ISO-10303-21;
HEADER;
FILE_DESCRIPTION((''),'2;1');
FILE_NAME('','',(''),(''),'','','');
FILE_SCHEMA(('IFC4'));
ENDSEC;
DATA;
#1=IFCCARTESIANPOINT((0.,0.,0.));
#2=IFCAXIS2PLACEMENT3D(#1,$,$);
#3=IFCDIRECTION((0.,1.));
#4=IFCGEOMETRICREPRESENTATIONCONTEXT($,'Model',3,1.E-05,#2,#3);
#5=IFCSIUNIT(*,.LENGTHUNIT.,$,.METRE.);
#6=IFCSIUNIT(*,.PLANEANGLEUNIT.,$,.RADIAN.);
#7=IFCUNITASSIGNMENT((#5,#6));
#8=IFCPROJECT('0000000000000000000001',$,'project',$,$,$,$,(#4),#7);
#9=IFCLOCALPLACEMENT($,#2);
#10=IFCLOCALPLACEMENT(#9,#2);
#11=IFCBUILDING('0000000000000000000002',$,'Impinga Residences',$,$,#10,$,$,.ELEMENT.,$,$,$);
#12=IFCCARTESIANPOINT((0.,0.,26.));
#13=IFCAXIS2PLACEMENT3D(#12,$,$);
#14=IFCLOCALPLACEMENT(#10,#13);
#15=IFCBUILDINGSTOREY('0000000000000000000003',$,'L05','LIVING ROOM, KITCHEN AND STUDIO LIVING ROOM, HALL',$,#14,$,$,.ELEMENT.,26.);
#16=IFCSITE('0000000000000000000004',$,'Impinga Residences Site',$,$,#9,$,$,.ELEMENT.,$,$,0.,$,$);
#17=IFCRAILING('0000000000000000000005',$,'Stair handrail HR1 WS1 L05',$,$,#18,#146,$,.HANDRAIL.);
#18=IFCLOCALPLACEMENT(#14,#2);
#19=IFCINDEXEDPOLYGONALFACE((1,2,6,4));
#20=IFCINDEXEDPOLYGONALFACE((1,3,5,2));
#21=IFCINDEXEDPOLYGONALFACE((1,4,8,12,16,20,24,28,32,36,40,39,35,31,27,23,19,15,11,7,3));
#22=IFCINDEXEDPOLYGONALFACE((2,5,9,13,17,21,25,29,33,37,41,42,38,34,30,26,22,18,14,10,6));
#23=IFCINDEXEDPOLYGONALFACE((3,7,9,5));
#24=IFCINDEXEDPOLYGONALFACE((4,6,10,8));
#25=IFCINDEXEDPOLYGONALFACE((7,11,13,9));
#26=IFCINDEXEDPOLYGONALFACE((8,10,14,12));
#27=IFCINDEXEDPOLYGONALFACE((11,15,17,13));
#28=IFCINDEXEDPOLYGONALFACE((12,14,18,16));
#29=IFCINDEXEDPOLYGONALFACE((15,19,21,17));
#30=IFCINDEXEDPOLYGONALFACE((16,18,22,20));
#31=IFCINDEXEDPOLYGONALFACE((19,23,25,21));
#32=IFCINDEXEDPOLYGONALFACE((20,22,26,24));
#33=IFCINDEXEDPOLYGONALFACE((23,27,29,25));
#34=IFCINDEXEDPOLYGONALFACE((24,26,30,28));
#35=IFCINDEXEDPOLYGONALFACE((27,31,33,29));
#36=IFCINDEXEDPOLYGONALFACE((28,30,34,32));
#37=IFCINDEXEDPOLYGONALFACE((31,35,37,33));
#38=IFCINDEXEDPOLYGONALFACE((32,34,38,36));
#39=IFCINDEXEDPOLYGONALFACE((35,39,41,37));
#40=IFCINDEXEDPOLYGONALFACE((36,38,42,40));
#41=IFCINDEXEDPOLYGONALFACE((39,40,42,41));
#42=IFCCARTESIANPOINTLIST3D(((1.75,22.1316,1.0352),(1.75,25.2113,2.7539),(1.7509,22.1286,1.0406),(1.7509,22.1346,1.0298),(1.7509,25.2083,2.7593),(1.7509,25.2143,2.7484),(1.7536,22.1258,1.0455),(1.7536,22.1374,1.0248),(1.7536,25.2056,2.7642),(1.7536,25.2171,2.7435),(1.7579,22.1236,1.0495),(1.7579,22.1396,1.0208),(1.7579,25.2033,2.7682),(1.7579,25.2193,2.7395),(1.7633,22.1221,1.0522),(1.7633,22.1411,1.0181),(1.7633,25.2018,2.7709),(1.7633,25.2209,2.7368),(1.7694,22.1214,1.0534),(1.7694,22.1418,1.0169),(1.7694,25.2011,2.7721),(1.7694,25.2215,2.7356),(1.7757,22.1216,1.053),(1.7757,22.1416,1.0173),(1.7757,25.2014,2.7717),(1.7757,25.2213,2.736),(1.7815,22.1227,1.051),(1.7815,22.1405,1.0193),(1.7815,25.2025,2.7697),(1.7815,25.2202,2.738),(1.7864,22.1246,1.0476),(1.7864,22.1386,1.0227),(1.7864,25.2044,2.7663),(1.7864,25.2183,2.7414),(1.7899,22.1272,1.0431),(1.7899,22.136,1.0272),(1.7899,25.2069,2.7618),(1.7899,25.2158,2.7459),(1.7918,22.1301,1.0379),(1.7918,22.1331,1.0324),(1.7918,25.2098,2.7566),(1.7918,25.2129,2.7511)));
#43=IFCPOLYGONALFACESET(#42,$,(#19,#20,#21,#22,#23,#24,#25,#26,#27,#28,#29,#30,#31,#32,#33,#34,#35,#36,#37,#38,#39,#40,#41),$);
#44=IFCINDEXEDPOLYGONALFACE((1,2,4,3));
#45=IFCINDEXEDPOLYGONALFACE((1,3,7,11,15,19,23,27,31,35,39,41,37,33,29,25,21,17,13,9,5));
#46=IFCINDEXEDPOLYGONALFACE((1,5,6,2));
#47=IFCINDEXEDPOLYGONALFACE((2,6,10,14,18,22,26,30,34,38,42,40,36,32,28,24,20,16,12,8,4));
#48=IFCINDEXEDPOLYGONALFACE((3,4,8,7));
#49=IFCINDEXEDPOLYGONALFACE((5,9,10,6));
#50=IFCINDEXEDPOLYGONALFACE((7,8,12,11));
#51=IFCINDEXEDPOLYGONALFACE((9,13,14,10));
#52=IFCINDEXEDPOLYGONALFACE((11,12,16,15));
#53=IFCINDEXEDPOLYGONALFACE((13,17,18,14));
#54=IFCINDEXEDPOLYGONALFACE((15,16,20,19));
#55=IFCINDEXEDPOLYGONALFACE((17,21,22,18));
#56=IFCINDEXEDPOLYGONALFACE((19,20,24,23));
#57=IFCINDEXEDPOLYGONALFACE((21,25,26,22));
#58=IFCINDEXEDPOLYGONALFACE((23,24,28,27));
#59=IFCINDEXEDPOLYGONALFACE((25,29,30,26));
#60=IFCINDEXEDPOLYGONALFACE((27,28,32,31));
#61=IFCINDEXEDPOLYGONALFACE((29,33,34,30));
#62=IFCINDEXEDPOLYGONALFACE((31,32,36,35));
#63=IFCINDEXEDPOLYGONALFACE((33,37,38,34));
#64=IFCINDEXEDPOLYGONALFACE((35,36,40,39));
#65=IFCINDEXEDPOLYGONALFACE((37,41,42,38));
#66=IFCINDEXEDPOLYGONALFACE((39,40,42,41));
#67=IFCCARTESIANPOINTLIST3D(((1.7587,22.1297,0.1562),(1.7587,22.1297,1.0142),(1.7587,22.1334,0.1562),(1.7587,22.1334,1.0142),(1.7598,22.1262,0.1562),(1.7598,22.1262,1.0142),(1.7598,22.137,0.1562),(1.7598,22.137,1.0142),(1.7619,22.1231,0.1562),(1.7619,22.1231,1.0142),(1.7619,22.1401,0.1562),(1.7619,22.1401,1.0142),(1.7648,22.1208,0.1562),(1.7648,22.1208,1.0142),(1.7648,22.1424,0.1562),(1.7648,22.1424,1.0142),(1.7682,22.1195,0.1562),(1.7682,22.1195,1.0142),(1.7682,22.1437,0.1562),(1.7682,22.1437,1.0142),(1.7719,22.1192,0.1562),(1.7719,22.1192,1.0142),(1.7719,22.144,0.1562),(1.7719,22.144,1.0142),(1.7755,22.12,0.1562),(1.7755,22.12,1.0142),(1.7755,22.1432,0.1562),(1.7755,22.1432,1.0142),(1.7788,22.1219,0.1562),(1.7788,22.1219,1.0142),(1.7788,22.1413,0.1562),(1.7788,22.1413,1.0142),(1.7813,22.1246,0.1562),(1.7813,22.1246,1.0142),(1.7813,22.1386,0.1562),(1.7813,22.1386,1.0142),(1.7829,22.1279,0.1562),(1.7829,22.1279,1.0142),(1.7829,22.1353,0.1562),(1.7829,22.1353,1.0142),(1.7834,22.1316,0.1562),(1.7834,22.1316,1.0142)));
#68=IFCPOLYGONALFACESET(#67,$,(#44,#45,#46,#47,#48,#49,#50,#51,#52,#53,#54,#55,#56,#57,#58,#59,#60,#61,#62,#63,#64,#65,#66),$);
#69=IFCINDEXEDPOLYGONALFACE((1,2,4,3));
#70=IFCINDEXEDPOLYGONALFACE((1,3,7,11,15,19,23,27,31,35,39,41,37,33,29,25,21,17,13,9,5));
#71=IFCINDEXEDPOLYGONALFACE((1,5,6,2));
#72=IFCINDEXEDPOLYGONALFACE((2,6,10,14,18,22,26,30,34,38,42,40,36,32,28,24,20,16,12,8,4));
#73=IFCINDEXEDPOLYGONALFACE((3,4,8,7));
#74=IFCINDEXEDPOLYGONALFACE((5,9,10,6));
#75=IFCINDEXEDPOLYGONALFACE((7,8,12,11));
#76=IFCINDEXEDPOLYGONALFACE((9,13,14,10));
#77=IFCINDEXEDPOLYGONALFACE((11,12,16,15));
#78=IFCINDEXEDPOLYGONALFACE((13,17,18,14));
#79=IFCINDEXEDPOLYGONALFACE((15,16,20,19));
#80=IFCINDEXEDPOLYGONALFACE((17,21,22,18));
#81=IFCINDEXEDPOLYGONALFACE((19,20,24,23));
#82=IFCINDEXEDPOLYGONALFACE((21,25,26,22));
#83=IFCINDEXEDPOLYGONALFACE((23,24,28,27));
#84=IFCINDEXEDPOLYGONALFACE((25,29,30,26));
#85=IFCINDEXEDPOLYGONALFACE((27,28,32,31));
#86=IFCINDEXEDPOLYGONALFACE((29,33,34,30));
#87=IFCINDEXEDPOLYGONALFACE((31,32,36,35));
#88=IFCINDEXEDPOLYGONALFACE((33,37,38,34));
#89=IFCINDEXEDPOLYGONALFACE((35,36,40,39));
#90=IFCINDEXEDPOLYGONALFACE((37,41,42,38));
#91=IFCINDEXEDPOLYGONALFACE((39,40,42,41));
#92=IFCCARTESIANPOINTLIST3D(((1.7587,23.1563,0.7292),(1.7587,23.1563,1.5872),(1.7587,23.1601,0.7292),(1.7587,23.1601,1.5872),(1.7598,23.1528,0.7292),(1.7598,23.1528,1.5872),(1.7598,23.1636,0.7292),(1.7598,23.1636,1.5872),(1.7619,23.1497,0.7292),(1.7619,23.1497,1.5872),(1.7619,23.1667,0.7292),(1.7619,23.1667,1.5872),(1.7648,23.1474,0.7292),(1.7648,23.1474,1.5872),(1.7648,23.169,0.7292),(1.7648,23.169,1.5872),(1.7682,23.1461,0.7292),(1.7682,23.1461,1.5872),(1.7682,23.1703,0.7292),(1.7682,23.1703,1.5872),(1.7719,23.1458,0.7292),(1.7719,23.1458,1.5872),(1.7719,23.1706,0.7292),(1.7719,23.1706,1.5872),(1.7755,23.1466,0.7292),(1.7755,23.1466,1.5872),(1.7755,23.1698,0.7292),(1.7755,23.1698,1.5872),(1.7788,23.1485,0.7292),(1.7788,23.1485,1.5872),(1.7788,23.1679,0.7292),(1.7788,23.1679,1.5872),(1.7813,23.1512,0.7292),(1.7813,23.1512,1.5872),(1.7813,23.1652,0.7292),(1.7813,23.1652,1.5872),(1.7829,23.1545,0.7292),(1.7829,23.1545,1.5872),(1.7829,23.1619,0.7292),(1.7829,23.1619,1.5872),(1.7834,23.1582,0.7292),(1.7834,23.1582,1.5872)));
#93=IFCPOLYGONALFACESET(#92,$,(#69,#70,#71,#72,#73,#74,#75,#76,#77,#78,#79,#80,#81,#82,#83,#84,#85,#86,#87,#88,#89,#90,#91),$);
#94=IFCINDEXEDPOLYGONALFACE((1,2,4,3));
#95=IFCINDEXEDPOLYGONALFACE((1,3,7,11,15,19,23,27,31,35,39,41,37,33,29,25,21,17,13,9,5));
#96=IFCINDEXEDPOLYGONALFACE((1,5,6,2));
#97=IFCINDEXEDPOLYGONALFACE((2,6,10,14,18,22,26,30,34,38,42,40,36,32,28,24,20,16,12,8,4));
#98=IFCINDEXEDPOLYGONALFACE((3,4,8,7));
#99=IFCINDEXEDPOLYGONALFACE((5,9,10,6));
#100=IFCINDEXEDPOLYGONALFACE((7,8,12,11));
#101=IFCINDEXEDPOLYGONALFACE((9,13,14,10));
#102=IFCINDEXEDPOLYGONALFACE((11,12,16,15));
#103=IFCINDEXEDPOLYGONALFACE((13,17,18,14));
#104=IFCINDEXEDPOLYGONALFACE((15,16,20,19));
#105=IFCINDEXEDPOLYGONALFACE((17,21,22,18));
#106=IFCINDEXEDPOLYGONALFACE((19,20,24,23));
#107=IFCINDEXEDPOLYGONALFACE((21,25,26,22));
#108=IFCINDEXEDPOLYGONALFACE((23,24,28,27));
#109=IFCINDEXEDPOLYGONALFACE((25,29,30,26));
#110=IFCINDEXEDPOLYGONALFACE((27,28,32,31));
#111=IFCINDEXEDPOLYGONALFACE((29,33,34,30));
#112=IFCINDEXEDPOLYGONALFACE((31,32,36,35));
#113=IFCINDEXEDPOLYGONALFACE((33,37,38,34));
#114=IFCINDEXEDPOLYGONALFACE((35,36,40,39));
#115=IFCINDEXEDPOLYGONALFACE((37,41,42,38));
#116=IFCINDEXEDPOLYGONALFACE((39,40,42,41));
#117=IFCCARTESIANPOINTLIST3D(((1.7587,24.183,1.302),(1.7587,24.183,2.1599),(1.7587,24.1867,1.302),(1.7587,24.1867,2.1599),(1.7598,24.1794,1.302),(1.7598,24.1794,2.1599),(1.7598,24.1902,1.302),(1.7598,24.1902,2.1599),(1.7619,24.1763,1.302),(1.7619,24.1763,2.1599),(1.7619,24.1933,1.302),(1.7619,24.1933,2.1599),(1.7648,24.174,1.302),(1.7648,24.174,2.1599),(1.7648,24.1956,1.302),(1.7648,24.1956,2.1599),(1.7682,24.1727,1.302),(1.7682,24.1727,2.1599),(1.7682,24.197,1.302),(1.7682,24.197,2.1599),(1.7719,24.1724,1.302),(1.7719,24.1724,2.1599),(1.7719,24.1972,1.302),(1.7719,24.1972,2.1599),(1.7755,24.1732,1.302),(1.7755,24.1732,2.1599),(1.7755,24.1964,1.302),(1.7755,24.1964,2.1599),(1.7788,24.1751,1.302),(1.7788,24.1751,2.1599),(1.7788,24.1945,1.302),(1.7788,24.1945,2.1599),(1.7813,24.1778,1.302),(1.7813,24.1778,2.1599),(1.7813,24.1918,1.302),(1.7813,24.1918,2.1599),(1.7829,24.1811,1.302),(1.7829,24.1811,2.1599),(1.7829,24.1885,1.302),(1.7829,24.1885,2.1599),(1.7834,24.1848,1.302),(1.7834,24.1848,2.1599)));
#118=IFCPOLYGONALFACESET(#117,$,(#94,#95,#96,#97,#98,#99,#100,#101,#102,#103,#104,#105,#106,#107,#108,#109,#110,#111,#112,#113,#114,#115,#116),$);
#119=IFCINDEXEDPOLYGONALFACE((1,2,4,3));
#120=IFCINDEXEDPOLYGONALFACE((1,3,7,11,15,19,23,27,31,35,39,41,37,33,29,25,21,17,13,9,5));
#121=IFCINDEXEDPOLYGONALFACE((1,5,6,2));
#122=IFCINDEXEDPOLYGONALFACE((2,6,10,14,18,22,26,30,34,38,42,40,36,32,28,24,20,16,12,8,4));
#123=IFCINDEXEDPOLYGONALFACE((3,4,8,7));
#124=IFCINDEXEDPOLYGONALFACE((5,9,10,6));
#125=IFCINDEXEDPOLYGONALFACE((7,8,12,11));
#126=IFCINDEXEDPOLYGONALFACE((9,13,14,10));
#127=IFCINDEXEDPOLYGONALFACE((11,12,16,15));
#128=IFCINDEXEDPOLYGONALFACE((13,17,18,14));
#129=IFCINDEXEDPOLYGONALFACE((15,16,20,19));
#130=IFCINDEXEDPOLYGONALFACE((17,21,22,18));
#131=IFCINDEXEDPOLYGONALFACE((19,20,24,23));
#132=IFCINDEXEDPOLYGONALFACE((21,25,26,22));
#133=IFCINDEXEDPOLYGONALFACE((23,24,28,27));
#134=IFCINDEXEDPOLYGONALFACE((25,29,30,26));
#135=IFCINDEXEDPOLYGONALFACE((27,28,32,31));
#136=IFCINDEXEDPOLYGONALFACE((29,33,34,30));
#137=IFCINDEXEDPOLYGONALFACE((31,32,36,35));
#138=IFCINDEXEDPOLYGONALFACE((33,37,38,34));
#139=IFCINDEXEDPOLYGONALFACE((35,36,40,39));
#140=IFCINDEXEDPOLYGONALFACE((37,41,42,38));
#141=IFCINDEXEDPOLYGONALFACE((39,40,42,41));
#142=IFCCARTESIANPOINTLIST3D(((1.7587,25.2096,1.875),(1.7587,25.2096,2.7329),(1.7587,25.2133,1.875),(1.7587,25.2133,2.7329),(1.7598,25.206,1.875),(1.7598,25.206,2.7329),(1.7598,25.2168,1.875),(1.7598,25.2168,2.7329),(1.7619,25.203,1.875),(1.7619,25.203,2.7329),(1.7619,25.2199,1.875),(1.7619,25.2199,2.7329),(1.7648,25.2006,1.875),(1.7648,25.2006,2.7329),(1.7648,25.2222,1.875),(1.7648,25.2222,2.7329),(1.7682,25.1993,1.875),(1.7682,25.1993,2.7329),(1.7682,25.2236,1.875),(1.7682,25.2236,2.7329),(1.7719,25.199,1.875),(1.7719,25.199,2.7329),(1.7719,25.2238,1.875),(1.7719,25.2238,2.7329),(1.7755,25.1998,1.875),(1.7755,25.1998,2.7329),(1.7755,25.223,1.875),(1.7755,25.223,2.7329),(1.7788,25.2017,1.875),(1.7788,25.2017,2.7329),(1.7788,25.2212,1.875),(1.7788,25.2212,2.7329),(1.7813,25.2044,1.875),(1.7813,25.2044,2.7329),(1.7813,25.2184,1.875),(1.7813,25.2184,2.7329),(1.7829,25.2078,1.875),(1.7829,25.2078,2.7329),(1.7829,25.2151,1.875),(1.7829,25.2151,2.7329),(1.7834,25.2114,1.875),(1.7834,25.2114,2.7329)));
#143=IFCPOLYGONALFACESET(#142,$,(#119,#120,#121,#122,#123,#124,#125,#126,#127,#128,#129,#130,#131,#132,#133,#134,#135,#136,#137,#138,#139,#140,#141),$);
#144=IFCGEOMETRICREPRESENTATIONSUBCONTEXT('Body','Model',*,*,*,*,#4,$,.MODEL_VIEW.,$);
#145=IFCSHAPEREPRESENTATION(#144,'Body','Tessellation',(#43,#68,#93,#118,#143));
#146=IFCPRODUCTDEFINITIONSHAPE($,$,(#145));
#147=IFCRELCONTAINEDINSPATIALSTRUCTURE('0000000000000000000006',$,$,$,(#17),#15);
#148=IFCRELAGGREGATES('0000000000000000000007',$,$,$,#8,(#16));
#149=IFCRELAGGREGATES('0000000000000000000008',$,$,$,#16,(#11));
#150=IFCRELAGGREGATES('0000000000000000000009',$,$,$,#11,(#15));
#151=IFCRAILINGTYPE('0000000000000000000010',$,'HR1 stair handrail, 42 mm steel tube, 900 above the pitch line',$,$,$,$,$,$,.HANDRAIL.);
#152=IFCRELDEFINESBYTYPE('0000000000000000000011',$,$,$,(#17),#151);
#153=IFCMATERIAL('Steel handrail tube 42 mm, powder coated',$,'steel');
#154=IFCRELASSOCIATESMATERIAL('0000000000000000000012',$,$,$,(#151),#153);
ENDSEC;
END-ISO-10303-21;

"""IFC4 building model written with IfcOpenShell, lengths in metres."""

from ifc_helpers import new_model, si_unit, direction, frame, origin, origin_2d, place, context, subcontext, project, spatial, circle, extrude, material, type_object, element, save


model = new_model("IFC4")

# Units and contexts
model_context = context("Model", 3, precision=1e-05, world=origin(), true_north=direction((0.0, 1.0)))
body_context = subcontext(model_context, "Body", "Model", "MODEL_VIEW")
ifc_project = project(units=[si_unit("LENGTHUNIT", "METRE"), si_unit("PLANEANGLEUNIT", "RADIAN")], contexts=[model_context])

# Site, building, storey
site_placement = place(None, origin())
site = spatial("IfcSite", under=ifc_project, at=site_placement, Name="Impinga Residences Site", CompositionType="ELEMENT", RefElevation=0.0)
building_placement = place(site_placement, origin())
building = spatial("IfcBuilding", under=site, at=building_placement, Name="Impinga Residences", CompositionType="ELEMENT")
storey_placement = place(building_placement, frame((0.0, 0.0, 26.0)))
storey = spatial("IfcBuildingStorey", under=building, at=storey_placement, Name="L05", Description="LIVING ROOM, KITCHEN AND STUDIO LIVING ROOM, HALL", CompositionType="ELEMENT", Elevation=26.0)

# Railing
ifc_material_1 = material(Name="Steel handrail tube 42 mm, powder coated", Category="steel")
railing_type_1 = type_object("IfcRailingType", Name="HR1 stair handrail, 42 mm steel tube, 900 above the pitch line", PredefinedType="HANDRAIL", material=ifc_material_1)
railing_1_placement = place(storey_placement, frame((1.771, 22.1316, 0.1562)))
element("IfcRailing", 1, at=railing_1_placement, inside=storey, type_object=railing_type_1, Name="Stair handrail HR1 WS1 L05", PredefinedType="HANDRAIL", context=body_context, shape_type="SweptSolid", body=[
    extrude(circle(Radius=0.021, at=origin_2d()), frame((0.0, 0.0, 0.8789), z_axis=(0.0, 0.873225, 0.487317), x_axis=(-1.0, 0.0, 0.0)), (0.0, 0.0, 1.0), 3.5269),
    extrude(circle(Radius=0.0125, at=origin_2d()), origin(), (0.0, 0.0, 1.0), 0.8579),
    extrude(circle(Radius=0.0125, at=origin_2d()), frame((0.0, 1.0266, 0.573)), (0.0, 0.0, 1.0), 0.8579),
    extrude(circle(Radius=0.0125, at=origin_2d()), frame((0.0, 2.0532, 1.1458)), (0.0, 0.0, 1.0), 0.8579),
    extrude(circle(Radius=0.0125, at=origin_2d()), frame((0.0, 3.0798, 1.7188)), (0.0, 0.0, 1.0), 0.8579),
])

save(model, "model.ifc")
